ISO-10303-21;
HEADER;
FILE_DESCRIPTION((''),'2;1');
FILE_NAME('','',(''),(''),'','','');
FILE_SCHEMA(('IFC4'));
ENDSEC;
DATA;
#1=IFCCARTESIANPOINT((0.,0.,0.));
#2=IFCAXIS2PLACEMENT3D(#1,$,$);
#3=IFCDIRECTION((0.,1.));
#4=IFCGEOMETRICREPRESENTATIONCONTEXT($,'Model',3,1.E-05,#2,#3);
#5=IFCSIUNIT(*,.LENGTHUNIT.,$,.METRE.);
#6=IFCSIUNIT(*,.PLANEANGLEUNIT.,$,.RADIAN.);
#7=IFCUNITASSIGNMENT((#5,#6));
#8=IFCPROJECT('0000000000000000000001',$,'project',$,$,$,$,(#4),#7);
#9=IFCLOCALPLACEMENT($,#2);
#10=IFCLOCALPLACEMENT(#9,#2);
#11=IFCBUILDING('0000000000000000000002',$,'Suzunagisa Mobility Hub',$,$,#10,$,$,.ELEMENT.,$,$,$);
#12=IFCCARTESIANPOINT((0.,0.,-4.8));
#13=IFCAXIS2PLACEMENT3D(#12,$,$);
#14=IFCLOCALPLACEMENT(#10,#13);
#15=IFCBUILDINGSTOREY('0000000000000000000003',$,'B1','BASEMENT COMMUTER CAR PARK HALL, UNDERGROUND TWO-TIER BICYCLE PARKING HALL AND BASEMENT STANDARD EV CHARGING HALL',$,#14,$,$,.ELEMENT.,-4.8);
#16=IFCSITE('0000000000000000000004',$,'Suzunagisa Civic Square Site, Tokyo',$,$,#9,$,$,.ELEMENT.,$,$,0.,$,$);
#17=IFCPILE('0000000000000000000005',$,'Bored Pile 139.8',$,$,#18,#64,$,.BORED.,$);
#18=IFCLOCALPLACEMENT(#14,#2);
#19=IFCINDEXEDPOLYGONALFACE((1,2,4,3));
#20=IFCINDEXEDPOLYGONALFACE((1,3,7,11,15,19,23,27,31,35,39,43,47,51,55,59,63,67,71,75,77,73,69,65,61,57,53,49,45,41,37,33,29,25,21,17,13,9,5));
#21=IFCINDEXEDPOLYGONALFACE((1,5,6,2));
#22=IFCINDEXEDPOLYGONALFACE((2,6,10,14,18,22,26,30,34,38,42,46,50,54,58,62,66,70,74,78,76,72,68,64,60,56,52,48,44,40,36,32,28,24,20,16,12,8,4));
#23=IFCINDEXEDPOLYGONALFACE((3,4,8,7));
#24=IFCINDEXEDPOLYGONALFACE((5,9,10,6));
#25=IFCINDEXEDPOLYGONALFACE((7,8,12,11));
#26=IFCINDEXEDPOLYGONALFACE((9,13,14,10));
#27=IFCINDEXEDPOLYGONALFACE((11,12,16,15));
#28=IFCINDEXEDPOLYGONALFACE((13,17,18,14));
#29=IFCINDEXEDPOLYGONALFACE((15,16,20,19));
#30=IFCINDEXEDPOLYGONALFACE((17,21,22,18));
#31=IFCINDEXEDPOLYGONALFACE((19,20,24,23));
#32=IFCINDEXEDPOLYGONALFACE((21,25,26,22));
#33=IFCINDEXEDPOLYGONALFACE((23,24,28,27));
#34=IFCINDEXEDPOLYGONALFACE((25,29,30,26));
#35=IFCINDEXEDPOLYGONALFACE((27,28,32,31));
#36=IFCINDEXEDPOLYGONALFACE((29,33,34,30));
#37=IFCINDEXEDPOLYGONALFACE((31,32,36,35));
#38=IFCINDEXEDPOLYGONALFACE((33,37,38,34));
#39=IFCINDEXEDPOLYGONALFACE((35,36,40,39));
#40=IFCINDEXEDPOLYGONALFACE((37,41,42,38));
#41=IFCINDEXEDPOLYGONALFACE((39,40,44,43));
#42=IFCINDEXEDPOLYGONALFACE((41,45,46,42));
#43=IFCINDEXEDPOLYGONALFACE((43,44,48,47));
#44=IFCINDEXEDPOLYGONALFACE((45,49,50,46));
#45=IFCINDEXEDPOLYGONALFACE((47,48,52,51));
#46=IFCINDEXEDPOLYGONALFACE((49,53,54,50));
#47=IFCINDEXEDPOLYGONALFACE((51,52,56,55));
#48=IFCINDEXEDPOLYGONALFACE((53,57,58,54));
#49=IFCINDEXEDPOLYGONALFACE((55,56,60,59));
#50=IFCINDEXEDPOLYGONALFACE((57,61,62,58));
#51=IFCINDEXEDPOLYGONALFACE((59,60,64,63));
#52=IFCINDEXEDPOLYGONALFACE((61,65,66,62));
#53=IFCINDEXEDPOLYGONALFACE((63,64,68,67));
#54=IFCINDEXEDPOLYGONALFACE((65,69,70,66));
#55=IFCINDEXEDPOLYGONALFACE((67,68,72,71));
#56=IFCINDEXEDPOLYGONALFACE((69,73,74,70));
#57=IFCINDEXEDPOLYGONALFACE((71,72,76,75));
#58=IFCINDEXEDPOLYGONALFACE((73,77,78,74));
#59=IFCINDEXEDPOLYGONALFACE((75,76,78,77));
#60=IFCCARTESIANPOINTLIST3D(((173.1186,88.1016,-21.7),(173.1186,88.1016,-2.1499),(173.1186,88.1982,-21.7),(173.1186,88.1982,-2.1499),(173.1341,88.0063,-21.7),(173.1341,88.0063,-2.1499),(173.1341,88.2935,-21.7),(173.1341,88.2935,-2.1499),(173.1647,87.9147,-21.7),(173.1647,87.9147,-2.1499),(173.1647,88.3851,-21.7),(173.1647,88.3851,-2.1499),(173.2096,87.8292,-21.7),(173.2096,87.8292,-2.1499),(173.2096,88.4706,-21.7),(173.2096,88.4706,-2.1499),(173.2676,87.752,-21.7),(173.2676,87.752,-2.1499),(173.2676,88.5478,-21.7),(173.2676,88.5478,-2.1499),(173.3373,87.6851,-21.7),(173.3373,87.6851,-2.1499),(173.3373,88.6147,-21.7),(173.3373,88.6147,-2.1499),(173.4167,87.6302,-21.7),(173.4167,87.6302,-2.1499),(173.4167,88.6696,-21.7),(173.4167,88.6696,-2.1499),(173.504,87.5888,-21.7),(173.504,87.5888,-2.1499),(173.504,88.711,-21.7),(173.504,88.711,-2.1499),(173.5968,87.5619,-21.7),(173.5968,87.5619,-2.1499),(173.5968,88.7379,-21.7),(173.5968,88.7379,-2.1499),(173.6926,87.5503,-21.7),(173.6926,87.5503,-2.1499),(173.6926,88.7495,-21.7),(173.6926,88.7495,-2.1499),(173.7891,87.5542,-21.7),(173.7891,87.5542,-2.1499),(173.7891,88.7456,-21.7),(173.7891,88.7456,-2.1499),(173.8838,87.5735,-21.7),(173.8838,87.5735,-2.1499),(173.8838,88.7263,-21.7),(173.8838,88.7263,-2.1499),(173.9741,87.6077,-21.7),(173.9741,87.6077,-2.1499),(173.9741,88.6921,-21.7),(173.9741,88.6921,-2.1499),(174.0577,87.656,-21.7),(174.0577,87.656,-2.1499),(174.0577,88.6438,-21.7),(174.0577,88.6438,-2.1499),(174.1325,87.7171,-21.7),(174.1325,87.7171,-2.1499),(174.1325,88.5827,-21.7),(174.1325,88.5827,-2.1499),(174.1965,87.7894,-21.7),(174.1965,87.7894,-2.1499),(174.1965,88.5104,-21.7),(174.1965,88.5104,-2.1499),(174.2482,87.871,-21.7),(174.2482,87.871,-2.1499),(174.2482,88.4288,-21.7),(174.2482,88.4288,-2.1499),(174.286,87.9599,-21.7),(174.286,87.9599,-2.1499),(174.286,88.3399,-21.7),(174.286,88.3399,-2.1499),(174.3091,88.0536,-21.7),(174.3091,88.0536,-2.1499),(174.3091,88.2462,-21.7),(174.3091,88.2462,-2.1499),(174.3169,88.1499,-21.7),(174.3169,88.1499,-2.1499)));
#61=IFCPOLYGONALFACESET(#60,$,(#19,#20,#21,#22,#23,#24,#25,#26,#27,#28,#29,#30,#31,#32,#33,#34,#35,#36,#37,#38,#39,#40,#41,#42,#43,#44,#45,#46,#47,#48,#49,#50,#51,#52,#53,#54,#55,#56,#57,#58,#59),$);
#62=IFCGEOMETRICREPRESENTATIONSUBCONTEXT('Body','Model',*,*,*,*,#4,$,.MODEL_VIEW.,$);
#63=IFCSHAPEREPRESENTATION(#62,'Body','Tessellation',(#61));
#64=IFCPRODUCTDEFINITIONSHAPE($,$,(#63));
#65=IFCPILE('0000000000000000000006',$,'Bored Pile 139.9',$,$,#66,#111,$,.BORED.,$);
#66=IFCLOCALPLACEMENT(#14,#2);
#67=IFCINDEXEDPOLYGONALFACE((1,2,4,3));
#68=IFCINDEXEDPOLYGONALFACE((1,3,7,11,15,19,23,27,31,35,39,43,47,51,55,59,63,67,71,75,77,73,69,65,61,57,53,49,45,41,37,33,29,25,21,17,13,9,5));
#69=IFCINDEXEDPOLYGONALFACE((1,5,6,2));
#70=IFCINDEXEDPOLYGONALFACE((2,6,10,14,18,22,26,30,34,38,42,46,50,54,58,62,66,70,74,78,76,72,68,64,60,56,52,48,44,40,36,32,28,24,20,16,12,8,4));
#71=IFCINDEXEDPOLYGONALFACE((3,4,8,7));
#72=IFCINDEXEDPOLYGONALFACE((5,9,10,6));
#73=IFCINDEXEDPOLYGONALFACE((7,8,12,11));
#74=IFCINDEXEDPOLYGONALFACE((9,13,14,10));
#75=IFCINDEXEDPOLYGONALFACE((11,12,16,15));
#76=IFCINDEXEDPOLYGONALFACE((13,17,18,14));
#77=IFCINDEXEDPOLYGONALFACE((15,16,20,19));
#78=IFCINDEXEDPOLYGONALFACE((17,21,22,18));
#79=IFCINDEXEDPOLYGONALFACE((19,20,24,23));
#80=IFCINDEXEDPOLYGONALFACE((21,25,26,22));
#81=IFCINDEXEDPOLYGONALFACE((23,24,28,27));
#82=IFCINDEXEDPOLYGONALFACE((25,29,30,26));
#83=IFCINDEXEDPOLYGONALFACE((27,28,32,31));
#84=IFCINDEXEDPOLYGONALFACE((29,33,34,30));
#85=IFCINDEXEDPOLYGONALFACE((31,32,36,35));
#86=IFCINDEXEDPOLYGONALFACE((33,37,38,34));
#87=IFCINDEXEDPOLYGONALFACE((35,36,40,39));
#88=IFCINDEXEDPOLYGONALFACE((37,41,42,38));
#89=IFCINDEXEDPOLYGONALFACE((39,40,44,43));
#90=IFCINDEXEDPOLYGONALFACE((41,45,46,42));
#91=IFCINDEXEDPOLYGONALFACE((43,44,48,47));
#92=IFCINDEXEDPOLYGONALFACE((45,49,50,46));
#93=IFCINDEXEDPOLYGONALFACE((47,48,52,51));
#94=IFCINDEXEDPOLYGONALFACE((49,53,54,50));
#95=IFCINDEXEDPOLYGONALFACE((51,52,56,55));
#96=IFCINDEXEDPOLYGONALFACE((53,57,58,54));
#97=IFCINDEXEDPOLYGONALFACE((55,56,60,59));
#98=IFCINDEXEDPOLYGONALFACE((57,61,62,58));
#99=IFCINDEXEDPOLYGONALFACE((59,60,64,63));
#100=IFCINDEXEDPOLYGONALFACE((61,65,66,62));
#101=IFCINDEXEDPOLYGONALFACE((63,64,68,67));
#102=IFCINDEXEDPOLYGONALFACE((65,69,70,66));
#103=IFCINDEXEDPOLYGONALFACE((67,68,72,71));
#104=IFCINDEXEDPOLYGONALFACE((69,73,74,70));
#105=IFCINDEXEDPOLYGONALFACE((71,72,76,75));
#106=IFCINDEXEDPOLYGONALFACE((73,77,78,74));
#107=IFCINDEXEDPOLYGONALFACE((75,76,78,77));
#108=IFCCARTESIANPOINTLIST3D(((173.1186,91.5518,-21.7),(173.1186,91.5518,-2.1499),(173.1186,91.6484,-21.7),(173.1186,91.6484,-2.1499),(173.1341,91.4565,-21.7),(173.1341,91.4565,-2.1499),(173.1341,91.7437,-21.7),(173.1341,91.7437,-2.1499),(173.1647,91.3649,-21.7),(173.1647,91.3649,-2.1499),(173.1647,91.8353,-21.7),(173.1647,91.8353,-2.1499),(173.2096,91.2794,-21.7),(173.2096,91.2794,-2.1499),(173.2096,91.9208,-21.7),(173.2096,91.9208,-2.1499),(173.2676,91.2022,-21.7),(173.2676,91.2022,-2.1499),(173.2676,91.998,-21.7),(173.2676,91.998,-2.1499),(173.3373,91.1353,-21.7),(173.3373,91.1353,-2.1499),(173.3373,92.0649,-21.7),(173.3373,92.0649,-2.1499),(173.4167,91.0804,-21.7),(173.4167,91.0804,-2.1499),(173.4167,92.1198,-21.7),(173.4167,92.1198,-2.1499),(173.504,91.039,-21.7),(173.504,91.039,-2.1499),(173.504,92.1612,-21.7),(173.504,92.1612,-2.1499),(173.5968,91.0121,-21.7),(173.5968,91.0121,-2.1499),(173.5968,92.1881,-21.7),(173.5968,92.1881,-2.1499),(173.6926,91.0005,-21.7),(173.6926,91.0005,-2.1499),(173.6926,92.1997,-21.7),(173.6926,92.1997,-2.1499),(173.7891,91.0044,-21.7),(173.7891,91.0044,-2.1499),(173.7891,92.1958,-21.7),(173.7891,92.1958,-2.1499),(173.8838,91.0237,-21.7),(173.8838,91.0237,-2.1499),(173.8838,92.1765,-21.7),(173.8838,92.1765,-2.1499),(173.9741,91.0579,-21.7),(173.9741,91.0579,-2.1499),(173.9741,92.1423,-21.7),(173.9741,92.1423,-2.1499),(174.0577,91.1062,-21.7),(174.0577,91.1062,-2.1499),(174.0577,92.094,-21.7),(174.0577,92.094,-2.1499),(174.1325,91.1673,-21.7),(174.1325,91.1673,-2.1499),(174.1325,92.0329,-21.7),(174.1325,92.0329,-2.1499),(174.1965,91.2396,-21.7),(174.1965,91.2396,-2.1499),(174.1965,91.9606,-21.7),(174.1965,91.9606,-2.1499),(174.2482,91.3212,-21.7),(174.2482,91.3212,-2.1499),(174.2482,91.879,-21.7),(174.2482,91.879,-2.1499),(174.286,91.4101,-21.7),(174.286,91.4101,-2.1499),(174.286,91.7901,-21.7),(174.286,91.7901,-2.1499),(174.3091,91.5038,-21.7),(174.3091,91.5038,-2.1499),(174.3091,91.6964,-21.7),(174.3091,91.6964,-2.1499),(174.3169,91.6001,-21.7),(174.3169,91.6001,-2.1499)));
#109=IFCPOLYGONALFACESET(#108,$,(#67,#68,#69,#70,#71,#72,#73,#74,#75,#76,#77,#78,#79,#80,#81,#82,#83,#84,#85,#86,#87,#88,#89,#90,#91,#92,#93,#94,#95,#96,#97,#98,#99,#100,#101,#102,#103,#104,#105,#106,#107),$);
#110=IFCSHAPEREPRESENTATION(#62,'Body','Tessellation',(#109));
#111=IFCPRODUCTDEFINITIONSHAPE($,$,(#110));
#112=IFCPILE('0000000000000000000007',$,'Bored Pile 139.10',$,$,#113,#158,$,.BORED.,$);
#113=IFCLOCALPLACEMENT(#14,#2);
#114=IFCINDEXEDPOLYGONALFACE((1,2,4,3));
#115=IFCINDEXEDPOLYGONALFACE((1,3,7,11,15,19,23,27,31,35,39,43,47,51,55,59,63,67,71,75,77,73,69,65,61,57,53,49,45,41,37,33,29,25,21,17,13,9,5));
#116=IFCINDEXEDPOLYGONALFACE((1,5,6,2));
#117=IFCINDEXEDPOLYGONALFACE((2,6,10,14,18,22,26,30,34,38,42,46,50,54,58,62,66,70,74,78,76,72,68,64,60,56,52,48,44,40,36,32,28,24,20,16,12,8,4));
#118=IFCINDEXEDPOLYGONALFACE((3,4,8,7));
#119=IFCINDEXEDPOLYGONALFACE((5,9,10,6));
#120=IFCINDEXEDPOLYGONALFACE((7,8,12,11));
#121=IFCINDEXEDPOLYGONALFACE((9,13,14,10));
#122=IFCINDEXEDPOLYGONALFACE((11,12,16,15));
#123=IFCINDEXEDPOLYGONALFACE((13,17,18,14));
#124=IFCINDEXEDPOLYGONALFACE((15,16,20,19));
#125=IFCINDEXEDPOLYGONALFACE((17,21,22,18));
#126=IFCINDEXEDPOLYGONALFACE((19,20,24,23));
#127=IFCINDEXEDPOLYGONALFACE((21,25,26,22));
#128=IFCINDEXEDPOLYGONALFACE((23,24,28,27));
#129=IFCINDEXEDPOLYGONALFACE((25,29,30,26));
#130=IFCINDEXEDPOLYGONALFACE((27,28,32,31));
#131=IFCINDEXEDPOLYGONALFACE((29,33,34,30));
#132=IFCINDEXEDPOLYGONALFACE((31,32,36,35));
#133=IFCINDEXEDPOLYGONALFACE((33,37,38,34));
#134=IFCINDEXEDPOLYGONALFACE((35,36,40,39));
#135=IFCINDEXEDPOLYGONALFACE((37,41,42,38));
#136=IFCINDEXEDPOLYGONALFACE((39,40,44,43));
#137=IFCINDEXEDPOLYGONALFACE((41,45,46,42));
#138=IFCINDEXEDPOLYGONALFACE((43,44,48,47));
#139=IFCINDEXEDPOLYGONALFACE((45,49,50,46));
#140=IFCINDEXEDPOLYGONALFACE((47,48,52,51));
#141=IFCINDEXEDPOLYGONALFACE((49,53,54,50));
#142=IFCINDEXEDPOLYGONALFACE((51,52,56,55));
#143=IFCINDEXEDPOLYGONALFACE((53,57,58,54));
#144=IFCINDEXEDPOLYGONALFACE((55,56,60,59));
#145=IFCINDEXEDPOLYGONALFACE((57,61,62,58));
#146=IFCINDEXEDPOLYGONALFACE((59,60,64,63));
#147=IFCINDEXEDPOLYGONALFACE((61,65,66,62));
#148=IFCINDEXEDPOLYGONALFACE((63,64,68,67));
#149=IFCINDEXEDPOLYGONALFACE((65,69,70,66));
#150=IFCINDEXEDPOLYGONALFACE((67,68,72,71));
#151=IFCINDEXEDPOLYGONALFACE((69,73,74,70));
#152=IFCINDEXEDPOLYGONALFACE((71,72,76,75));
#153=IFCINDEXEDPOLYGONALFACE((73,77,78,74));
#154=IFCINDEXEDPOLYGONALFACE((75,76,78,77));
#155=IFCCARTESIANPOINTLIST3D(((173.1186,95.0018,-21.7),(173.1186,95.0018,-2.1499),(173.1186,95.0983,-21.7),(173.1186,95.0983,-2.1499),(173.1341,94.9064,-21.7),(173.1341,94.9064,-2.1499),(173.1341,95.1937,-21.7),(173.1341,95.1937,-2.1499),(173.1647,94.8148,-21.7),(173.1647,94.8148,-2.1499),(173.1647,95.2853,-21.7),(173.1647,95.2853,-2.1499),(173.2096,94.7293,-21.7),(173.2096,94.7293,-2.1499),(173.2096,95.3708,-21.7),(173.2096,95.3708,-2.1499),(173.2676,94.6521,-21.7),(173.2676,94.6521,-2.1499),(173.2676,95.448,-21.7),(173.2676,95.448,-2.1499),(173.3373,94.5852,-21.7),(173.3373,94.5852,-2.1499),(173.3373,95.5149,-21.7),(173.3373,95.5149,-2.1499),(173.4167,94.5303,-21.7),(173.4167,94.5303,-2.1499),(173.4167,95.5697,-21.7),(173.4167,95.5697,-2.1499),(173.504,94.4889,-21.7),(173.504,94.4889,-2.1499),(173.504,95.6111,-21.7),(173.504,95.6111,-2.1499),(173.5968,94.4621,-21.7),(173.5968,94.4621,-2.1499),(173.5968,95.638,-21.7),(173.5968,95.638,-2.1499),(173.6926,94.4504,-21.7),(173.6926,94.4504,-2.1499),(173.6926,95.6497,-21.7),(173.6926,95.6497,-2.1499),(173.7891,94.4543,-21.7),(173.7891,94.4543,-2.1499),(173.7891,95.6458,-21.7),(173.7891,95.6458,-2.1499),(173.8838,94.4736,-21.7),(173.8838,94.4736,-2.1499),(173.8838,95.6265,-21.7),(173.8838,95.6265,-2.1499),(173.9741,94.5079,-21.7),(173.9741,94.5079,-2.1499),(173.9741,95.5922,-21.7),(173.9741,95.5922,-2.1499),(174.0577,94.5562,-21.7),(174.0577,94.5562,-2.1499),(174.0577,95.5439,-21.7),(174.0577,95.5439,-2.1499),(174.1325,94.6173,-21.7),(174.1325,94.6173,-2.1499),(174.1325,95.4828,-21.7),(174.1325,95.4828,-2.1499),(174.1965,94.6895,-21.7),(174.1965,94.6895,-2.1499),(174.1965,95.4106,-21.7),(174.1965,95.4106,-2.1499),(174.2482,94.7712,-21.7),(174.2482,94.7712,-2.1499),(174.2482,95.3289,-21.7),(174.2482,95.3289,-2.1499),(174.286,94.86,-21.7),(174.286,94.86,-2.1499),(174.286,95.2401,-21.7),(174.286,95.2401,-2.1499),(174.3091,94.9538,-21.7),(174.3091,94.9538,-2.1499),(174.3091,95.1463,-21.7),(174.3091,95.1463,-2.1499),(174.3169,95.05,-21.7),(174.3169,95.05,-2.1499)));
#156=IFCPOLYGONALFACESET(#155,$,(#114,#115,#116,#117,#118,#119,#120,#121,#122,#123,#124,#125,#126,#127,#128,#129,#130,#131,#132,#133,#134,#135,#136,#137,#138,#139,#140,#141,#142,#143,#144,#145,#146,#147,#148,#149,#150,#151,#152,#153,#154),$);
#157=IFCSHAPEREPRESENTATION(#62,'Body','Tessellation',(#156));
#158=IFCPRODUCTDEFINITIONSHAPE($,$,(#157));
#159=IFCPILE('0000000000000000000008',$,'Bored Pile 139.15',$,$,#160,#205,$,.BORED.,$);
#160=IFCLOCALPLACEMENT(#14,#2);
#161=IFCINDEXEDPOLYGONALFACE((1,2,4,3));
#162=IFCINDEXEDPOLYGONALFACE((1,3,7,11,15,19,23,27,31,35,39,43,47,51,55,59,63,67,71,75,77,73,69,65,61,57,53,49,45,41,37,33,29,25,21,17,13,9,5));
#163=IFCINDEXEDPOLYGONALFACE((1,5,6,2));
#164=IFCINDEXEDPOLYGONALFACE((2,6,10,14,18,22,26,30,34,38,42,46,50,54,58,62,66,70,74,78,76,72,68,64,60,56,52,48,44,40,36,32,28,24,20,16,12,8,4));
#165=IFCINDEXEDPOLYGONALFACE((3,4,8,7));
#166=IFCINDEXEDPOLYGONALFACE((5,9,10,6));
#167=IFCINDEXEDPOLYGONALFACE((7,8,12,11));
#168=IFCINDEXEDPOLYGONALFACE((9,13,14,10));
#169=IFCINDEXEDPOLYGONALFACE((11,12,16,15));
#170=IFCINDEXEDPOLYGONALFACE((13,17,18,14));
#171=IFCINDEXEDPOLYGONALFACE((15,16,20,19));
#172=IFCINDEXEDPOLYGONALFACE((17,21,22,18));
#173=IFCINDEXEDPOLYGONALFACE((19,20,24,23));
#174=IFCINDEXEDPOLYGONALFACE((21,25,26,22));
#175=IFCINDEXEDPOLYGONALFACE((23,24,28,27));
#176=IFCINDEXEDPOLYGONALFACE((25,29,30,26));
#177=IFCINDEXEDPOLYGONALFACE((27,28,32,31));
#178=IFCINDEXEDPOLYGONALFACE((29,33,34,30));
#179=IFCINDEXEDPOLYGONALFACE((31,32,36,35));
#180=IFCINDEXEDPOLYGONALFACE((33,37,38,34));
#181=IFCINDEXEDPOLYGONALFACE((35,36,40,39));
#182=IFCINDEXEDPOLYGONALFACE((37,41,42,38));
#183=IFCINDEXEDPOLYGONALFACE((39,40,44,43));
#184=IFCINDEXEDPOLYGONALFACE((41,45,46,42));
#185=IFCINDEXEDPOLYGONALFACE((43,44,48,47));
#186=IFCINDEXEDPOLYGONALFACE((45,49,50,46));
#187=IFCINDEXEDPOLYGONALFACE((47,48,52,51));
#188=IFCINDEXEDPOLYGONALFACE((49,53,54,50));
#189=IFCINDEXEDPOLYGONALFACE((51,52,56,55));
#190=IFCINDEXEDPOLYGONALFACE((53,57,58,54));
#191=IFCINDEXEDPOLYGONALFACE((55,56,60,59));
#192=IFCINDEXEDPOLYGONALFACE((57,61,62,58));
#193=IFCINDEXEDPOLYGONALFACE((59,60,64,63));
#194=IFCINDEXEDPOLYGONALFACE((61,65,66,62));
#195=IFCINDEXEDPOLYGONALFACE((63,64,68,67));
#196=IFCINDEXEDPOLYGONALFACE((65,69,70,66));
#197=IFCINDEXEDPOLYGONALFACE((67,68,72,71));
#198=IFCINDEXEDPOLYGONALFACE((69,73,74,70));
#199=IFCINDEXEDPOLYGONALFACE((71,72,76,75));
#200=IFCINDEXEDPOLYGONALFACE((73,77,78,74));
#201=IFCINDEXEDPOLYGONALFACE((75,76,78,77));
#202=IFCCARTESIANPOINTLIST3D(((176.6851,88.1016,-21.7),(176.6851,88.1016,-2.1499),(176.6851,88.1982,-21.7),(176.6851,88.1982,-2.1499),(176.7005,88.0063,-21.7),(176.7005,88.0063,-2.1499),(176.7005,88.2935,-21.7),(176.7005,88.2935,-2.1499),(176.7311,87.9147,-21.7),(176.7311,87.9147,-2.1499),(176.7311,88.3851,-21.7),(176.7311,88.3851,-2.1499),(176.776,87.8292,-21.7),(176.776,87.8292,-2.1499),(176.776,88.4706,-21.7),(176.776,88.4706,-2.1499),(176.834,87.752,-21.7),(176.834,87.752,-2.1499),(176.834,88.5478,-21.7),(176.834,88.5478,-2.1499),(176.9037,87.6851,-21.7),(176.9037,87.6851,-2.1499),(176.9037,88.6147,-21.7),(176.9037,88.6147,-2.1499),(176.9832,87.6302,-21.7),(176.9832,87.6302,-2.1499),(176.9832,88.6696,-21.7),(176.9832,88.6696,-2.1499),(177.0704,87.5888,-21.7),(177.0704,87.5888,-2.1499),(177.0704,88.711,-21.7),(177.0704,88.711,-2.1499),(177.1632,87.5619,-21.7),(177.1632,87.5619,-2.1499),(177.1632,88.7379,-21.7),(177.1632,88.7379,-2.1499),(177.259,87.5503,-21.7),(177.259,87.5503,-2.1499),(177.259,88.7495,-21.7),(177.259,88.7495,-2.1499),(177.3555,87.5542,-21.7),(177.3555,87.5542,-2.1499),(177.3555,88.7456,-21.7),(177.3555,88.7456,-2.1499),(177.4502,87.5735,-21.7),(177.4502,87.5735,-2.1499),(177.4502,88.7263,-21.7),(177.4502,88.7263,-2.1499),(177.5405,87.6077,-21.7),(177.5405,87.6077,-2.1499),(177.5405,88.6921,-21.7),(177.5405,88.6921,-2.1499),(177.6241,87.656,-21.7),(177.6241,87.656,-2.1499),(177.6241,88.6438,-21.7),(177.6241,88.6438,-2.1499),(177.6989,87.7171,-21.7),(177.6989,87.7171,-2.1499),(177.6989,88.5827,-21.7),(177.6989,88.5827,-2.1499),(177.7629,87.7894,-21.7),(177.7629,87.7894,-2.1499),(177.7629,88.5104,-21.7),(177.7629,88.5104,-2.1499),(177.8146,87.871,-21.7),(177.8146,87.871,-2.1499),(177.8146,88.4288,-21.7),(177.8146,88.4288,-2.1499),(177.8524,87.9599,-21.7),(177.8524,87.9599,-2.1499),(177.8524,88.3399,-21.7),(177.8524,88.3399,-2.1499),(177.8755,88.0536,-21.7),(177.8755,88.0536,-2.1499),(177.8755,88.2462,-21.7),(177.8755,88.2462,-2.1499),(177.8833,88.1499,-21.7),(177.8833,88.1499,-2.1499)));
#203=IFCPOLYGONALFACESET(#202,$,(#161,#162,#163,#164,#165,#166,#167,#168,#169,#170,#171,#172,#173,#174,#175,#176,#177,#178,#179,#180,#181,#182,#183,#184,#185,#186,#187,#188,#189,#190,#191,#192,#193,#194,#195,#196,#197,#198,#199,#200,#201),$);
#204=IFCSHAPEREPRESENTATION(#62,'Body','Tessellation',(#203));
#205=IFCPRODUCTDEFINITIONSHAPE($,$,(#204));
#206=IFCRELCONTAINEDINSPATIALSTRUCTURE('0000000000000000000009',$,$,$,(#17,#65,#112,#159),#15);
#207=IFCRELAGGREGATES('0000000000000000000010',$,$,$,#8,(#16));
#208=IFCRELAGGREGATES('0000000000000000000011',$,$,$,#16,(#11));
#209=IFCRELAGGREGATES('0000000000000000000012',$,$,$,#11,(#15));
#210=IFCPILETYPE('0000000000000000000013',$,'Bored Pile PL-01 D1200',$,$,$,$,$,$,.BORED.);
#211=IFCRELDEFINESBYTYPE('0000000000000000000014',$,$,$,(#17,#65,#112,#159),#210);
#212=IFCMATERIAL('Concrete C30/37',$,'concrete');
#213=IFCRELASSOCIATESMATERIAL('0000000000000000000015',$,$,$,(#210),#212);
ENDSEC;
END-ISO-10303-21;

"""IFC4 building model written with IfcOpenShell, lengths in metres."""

from ifc_helpers import new_model, si_unit, direction, frame, origin, origin_2d, place, context, subcontext, project, spatial, circle, extrude, material, material_profile, profile_set, type_object, element, save


model = new_model("IFC4")

# Units and contexts
model_context = context("Model", 3, precision=1e-05, world=origin(), true_north=direction((0.0, 1.0)))
body_context = subcontext(model_context, "Body", "Model", "MODEL_VIEW")
ifc_project = project(units=[si_unit("LENGTHUNIT", "METRE"), si_unit("PLANEANGLEUNIT", "RADIAN")], contexts=[model_context])

# Site, building, storey
site_placement = place(None, origin())
site = spatial("IfcSite", under=ifc_project, at=site_placement, Name="Suzunagisa Civic Square Site, Tokyo", CompositionType="ELEMENT", RefElevation=0.0)
building_placement = place(site_placement, origin())
building = spatial("IfcBuilding", under=site, at=building_placement, Name="Suzunagisa Mobility Hub", CompositionType="ELEMENT")
storey_placement = place(building_placement, frame((0.0, 0.0, -4.8)))
storey = spatial("IfcBuildingStorey", under=building, at=storey_placement, Name="B1", Description="BASEMENT COMMUTER CAR PARK HALL, UNDERGROUND TWO-TIER BICYCLE PARKING HALL AND BASEMENT STANDARD EV CHARGING HALL", CompositionType="ELEMENT", Elevation=-4.8)

# Piles
ifc_material_1 = material(Name="Concrete C30/37", Category="concrete")
ifc_material_profile_1 = material_profile(ifc_material_1, circle(Radius=0.6001, at=origin_2d()), Name="BORED PILE D1200")
ifc_profile_set_1 = profile_set([ifc_material_profile_1], Name="Concrete C30/37")
pile_type = type_object("IfcPileType", Name="Bored Pile PL-01 D1200", PredefinedType="BORED", material=ifc_profile_set_1)
for number, where, z_axis, x_axis, name in (
    (1, (173.7168, 88.1499, -2.1499), (0.0, 0.0, -1.0), (1.0, 0.0, 0.0), "Bored Pile 139.8"),
    (2, (173.7168, 91.6001, -2.1499), (0.0, 0.0, -1.0), (1.0, 0.0, 0.0), "Bored Pile 139.9"),
    (3, (173.7168, 95.05, -2.1499), (0.0, 0.0, -1.0), (1.0, 0.0, 0.0), "Bored Pile 139.10"),
    (4, (177.2832, 88.1499, -2.1499), (0.0, 0.0, -1.0), (1.0, 0.0, 0.0), "Bored Pile 139.15"),
):
    element("IfcPile", number, at=place(storey_placement, frame(where, z_axis=z_axis, x_axis=x_axis)), inside=storey, type_object=pile_type, Name=name, PredefinedType="BORED", context=body_context, shape_type="SweptSolid", body=[
        extrude(circle(Radius=0.6001, at=origin_2d()), origin(), (0.0, 0.0, 1.0), 19.55),
    ])

save(model, "model.ifc")
